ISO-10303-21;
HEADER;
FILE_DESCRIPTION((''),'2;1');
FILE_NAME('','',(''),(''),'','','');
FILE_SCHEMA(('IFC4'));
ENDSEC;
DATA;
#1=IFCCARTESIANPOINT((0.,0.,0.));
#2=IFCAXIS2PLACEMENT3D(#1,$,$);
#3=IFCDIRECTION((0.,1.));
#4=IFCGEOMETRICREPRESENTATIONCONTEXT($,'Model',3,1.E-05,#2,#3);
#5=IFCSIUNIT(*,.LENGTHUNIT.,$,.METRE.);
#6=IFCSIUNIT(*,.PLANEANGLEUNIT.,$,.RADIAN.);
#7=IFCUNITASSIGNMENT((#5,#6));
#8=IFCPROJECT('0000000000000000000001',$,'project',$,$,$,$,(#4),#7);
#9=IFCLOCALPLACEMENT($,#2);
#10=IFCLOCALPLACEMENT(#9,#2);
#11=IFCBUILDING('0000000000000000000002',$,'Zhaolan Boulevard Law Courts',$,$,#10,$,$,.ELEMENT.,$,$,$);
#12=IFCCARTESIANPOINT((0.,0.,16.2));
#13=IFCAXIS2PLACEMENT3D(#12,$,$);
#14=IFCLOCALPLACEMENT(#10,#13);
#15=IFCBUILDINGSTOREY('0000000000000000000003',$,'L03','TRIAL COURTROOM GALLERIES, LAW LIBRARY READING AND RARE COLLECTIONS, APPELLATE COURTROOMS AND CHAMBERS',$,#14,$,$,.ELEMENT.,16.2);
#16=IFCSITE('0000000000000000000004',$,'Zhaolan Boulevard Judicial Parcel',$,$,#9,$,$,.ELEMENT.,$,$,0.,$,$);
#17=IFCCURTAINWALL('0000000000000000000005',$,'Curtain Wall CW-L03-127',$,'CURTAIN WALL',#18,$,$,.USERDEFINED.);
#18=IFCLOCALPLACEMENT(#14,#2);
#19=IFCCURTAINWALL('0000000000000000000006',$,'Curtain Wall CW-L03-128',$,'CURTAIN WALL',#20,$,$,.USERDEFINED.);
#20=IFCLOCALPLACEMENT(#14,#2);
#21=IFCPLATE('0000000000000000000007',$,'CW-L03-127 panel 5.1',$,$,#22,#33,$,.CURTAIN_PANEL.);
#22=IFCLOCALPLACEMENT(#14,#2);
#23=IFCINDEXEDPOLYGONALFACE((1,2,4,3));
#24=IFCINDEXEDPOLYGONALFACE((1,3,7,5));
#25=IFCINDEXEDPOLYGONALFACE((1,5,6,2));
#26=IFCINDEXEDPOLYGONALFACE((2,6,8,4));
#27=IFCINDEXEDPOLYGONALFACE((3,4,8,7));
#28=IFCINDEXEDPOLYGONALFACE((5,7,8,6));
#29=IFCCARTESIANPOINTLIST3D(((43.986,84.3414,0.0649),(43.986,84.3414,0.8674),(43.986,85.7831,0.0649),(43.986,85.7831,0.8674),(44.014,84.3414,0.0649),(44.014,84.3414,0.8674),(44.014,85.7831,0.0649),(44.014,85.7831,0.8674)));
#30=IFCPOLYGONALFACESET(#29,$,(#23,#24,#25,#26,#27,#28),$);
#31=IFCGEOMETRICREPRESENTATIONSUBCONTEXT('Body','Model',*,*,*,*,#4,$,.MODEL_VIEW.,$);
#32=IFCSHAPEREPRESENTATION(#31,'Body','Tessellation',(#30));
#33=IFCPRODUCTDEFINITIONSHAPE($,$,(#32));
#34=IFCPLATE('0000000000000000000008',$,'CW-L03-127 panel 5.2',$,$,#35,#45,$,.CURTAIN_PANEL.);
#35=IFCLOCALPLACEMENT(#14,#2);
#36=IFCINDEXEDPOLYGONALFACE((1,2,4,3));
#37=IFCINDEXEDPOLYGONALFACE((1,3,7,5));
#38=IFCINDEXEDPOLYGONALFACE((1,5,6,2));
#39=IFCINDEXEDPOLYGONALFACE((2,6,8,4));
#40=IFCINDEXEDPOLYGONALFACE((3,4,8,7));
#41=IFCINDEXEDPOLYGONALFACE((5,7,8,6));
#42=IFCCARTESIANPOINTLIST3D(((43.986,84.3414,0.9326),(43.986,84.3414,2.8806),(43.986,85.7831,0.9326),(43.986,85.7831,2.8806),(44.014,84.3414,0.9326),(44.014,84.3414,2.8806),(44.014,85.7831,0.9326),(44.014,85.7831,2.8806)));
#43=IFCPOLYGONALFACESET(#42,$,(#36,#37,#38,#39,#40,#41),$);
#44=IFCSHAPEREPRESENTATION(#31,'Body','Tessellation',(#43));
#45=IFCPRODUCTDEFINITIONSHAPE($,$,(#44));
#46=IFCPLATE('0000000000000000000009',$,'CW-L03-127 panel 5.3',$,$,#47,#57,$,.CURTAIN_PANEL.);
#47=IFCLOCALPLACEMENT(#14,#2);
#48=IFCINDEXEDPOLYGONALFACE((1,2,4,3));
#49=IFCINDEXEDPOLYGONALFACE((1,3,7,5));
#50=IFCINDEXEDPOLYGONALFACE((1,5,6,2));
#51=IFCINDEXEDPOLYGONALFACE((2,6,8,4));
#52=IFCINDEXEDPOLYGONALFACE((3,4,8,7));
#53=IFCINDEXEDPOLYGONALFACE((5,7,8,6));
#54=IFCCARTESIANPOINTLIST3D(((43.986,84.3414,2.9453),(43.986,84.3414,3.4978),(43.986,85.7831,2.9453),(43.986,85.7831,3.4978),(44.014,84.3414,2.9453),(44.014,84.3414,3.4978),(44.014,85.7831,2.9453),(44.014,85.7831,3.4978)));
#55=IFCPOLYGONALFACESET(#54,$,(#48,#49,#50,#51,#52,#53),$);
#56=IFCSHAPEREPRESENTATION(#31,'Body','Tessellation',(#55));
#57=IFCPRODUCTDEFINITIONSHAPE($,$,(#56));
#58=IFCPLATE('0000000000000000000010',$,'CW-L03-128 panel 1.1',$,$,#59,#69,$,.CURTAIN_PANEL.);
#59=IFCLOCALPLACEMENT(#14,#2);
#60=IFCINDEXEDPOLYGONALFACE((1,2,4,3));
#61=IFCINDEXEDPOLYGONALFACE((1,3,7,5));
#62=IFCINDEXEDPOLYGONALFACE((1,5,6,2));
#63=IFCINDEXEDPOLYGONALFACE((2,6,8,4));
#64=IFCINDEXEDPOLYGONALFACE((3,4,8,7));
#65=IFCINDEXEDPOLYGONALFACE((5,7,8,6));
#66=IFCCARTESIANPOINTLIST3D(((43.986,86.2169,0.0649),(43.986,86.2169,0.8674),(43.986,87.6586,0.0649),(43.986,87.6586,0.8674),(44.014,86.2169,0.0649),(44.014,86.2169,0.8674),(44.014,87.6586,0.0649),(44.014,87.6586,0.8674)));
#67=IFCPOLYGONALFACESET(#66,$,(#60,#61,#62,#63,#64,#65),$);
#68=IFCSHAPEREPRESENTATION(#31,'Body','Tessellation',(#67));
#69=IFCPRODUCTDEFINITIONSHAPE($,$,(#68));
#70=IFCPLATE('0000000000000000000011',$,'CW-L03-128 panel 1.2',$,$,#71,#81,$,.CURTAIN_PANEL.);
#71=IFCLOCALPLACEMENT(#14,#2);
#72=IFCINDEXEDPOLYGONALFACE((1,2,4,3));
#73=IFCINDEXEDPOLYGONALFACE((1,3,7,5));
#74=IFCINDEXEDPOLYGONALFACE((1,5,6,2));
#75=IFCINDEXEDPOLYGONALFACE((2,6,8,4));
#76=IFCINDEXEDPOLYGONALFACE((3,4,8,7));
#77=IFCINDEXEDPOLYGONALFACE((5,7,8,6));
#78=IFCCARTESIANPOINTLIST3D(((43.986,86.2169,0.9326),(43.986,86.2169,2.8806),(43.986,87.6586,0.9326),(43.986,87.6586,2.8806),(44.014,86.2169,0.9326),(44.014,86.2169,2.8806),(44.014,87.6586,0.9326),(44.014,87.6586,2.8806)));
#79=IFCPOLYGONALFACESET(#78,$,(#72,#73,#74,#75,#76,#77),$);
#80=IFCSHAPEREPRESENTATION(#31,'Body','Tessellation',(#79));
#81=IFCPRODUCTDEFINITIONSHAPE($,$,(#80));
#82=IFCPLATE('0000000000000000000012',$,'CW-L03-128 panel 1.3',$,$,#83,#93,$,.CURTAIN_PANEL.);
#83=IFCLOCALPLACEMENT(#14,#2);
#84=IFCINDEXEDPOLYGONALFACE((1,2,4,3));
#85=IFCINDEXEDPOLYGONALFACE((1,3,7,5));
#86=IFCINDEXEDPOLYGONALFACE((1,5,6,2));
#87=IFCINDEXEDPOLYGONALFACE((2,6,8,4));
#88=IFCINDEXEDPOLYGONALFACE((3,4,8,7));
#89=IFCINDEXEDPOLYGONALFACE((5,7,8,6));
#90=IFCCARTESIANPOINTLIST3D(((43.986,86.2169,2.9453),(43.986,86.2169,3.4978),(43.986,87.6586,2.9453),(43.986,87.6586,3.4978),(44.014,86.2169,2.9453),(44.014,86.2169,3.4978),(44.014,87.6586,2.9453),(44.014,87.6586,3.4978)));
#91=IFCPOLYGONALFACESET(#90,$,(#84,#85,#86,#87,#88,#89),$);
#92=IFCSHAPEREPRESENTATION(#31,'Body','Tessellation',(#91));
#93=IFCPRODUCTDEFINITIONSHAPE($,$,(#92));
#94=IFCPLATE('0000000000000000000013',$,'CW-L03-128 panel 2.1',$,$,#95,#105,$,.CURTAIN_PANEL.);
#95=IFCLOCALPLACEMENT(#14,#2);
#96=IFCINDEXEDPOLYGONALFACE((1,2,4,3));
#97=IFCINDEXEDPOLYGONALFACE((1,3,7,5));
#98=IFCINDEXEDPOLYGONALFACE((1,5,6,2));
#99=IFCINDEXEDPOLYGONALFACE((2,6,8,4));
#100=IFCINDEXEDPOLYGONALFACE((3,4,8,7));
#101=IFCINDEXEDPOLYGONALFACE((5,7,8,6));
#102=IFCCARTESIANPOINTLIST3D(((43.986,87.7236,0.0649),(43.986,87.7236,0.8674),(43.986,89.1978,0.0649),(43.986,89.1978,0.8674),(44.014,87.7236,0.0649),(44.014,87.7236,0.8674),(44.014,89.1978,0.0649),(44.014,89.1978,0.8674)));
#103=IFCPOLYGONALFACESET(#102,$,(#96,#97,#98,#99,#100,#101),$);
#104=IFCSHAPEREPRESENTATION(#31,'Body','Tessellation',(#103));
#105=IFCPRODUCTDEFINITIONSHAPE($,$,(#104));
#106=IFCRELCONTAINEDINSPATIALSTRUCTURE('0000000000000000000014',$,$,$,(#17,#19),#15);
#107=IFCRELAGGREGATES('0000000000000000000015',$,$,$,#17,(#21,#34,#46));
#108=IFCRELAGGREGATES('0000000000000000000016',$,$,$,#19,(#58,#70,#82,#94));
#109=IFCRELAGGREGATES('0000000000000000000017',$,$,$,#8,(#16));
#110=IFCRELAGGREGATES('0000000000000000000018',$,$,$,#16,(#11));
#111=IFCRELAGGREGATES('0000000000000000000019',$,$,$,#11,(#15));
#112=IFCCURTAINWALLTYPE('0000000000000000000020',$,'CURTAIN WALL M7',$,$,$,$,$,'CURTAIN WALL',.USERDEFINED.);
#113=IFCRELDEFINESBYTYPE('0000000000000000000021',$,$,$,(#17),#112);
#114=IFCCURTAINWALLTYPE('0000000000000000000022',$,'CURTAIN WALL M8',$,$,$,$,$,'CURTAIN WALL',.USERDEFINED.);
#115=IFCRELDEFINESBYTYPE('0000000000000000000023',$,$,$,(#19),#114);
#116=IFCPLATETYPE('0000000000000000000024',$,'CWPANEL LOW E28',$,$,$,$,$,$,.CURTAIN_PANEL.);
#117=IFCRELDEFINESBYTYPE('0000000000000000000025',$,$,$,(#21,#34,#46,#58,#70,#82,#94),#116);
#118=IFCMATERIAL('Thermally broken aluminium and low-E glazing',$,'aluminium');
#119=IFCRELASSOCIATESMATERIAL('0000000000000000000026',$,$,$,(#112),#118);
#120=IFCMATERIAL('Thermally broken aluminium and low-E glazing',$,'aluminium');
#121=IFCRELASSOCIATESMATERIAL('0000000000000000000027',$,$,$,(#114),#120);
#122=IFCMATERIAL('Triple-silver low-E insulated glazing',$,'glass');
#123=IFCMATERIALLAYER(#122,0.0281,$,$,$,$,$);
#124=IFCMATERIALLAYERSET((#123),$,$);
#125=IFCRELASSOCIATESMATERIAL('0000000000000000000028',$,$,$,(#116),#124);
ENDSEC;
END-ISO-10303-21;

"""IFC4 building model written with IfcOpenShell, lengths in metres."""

from ifc_helpers import new_model, si_unit, direction, frame, origin, origin_2d, place, context, subcontext, project, spatial, rectangle, extrude, material, layer, layer_set, type_object, element, aggregate, save


model = new_model("IFC4")

# Units and contexts
model_context = context("Model", 3, precision=1e-05, world=origin(), true_north=direction((0.0, 1.0)))
body_context = subcontext(model_context, "Body", "Model", "MODEL_VIEW")
ifc_project = project(units=[si_unit("LENGTHUNIT", "METRE"), si_unit("PLANEANGLEUNIT", "RADIAN")], contexts=[model_context])

# Site, building, storey
site_placement = place(None, origin())
site = spatial("IfcSite", under=ifc_project, at=site_placement, Name="Zhaolan Boulevard Judicial Parcel", CompositionType="ELEMENT", RefElevation=0.0)
building_placement = place(site_placement, origin())
building = spatial("IfcBuilding", under=site, at=building_placement, Name="Zhaolan Boulevard Law Courts", CompositionType="ELEMENT")
storey_placement = place(building_placement, frame((0.0, 0.0, 16.2)))
storey = spatial("IfcBuildingStorey", under=building, at=storey_placement, Name="L03", Description="TRIAL COURTROOM GALLERIES, LAW LIBRARY READING AND RARE COLLECTIONS, APPELLATE COURTROOMS AND CHAMBERS", CompositionType="ELEMENT", Elevation=16.2)

# Curtain walls
ifc_material_1 = material(Name="Thermally broken aluminium and low-E glazing", Category="aluminium")
curtain_wall_type_1 = type_object("IfcCurtainWallType", Name="CURTAIN WALL M7", ElementType="CURTAIN WALL", PredefinedType="USERDEFINED", material=ifc_material_1)
curtain_wall_1_placement = place(storey_placement, origin())
curtain_wall_1 = element("IfcCurtainWall", 1, at=curtain_wall_1_placement, inside=storey, type_object=curtain_wall_type_1, Name="Curtain Wall CW-L03-127", ObjectType="CURTAIN WALL", PredefinedType="USERDEFINED")
ifc_material_2 = material(Name="Thermally broken aluminium and low-E glazing", Category="aluminium")
curtain_wall_type_2 = type_object("IfcCurtainWallType", Name="CURTAIN WALL M8", ElementType="CURTAIN WALL", PredefinedType="USERDEFINED", material=ifc_material_2)
curtain_wall_2_placement = place(storey_placement, origin())
curtain_wall_2 = element("IfcCurtainWall", 2, at=curtain_wall_2_placement, inside=storey, type_object=curtain_wall_type_2, Name="Curtain Wall CW-L03-128", ObjectType="CURTAIN WALL", PredefinedType="USERDEFINED")

# Plates
ifc_material_3 = material(Name="Triple-silver low-E insulated glazing", Category="glass")
ifc_layer = layer(ifc_material_3, 0.0281)
ifc_layer_set = layer_set([ifc_layer])
plate_type = type_object("IfcPlateType", Name="CWPANEL LOW E28", PredefinedType="CURTAIN_PANEL", material=ifc_layer_set)
plate_1_placement = place(storey_placement, frame((44.0, 85.0623, 0.0649), z_axis=(0.0, 0.0, 1.0), x_axis=(0.0, 1.0, 0.0)))
plate_1 = element("IfcPlate", 3, at=plate_1_placement, type_object=plate_type, Name="CW-L03-127 panel 5.1", PredefinedType="CURTAIN_PANEL", context=body_context, shape_type="SweptSolid", body=[
    extrude(rectangle(XDim=1.4417, YDim=0.0281, at=origin_2d()), origin(), (0.0, 0.0, 1.0), 0.8025),
])
plate_2_placement = place(storey_placement, frame((44.0, 85.0623, 0.9326), z_axis=(0.0, 0.0, 1.0), x_axis=(0.0, 1.0, 0.0)))
plate_2 = element("IfcPlate", 4, at=plate_2_placement, type_object=plate_type, Name="CW-L03-127 panel 5.2", PredefinedType="CURTAIN_PANEL", context=body_context, shape_type="SweptSolid", body=[
    extrude(rectangle(XDim=1.4417, YDim=0.0281, at=origin_2d()), origin(), (0.0, 0.0, 1.0), 1.948),
])
plate_3_placement = place(storey_placement, frame((44.0, 85.0623, 2.9453), z_axis=(0.0, 0.0, 1.0), x_axis=(0.0, 1.0, 0.0)))
plate_3 = element("IfcPlate", 5, at=plate_3_placement, type_object=plate_type, Name="CW-L03-127 panel 5.3", PredefinedType="CURTAIN_PANEL", context=body_context, shape_type="SweptSolid", body=[
    extrude(rectangle(XDim=1.4417, YDim=0.0281, at=origin_2d()), origin(), (0.0, 0.0, 1.0), 0.5525),
])
aggregate(curtain_wall_1, [plate_1, plate_2, plate_3])
plate_4_placement = place(storey_placement, frame((44.0, 86.9377, 0.0649), z_axis=(0.0, 0.0, 1.0), x_axis=(0.0, 1.0, 0.0)))
plate_4 = element("IfcPlate", 6, at=plate_4_placement, type_object=plate_type, Name="CW-L03-128 panel 1.1", PredefinedType="CURTAIN_PANEL", context=body_context, shape_type="SweptSolid", body=[
    extrude(rectangle(XDim=1.4417, YDim=0.0281, at=origin_2d()), origin(), (0.0, 0.0, 1.0), 0.8025),
])
plate_5_placement = place(storey_placement, frame((44.0, 86.9377, 0.9326), z_axis=(0.0, 0.0, 1.0), x_axis=(0.0, 1.0, 0.0)))
plate_5 = element("IfcPlate", 7, at=plate_5_placement, type_object=plate_type, Name="CW-L03-128 panel 1.2", PredefinedType="CURTAIN_PANEL", context=body_context, shape_type="SweptSolid", body=[
    extrude(rectangle(XDim=1.4417, YDim=0.0281, at=origin_2d()), origin(), (0.0, 0.0, 1.0), 1.948),
])
plate_6_placement = place(storey_placement, frame((44.0, 86.9377, 2.9453), z_axis=(0.0, 0.0, 1.0), x_axis=(0.0, 1.0, 0.0)))
plate_6 = element("IfcPlate", 8, at=plate_6_placement, type_object=plate_type, Name="CW-L03-128 panel 1.3", PredefinedType="CURTAIN_PANEL", context=body_context, shape_type="SweptSolid", body=[
    extrude(rectangle(XDim=1.4417, YDim=0.0281, at=origin_2d()), origin(), (0.0, 0.0, 1.0), 0.5525),
])
plate_7_placement = place(storey_placement, frame((44.0, 88.4607, 0.0649), z_axis=(0.0, 0.0, 1.0), x_axis=(0.0, 1.0, 0.0)))
plate_7 = element("IfcPlate", 9, at=plate_7_placement, type_object=plate_type, Name="CW-L03-128 panel 2.1", PredefinedType="CURTAIN_PANEL", context=body_context, shape_type="SweptSolid", body=[
    extrude(rectangle(XDim=1.4741, YDim=0.0281, at=origin_2d()), origin(), (0.0, 0.0, 1.0), 0.8025),
])
aggregate(curtain_wall_2, [plate_4, plate_5, plate_6, plate_7])

save(model, "model.ifc")
